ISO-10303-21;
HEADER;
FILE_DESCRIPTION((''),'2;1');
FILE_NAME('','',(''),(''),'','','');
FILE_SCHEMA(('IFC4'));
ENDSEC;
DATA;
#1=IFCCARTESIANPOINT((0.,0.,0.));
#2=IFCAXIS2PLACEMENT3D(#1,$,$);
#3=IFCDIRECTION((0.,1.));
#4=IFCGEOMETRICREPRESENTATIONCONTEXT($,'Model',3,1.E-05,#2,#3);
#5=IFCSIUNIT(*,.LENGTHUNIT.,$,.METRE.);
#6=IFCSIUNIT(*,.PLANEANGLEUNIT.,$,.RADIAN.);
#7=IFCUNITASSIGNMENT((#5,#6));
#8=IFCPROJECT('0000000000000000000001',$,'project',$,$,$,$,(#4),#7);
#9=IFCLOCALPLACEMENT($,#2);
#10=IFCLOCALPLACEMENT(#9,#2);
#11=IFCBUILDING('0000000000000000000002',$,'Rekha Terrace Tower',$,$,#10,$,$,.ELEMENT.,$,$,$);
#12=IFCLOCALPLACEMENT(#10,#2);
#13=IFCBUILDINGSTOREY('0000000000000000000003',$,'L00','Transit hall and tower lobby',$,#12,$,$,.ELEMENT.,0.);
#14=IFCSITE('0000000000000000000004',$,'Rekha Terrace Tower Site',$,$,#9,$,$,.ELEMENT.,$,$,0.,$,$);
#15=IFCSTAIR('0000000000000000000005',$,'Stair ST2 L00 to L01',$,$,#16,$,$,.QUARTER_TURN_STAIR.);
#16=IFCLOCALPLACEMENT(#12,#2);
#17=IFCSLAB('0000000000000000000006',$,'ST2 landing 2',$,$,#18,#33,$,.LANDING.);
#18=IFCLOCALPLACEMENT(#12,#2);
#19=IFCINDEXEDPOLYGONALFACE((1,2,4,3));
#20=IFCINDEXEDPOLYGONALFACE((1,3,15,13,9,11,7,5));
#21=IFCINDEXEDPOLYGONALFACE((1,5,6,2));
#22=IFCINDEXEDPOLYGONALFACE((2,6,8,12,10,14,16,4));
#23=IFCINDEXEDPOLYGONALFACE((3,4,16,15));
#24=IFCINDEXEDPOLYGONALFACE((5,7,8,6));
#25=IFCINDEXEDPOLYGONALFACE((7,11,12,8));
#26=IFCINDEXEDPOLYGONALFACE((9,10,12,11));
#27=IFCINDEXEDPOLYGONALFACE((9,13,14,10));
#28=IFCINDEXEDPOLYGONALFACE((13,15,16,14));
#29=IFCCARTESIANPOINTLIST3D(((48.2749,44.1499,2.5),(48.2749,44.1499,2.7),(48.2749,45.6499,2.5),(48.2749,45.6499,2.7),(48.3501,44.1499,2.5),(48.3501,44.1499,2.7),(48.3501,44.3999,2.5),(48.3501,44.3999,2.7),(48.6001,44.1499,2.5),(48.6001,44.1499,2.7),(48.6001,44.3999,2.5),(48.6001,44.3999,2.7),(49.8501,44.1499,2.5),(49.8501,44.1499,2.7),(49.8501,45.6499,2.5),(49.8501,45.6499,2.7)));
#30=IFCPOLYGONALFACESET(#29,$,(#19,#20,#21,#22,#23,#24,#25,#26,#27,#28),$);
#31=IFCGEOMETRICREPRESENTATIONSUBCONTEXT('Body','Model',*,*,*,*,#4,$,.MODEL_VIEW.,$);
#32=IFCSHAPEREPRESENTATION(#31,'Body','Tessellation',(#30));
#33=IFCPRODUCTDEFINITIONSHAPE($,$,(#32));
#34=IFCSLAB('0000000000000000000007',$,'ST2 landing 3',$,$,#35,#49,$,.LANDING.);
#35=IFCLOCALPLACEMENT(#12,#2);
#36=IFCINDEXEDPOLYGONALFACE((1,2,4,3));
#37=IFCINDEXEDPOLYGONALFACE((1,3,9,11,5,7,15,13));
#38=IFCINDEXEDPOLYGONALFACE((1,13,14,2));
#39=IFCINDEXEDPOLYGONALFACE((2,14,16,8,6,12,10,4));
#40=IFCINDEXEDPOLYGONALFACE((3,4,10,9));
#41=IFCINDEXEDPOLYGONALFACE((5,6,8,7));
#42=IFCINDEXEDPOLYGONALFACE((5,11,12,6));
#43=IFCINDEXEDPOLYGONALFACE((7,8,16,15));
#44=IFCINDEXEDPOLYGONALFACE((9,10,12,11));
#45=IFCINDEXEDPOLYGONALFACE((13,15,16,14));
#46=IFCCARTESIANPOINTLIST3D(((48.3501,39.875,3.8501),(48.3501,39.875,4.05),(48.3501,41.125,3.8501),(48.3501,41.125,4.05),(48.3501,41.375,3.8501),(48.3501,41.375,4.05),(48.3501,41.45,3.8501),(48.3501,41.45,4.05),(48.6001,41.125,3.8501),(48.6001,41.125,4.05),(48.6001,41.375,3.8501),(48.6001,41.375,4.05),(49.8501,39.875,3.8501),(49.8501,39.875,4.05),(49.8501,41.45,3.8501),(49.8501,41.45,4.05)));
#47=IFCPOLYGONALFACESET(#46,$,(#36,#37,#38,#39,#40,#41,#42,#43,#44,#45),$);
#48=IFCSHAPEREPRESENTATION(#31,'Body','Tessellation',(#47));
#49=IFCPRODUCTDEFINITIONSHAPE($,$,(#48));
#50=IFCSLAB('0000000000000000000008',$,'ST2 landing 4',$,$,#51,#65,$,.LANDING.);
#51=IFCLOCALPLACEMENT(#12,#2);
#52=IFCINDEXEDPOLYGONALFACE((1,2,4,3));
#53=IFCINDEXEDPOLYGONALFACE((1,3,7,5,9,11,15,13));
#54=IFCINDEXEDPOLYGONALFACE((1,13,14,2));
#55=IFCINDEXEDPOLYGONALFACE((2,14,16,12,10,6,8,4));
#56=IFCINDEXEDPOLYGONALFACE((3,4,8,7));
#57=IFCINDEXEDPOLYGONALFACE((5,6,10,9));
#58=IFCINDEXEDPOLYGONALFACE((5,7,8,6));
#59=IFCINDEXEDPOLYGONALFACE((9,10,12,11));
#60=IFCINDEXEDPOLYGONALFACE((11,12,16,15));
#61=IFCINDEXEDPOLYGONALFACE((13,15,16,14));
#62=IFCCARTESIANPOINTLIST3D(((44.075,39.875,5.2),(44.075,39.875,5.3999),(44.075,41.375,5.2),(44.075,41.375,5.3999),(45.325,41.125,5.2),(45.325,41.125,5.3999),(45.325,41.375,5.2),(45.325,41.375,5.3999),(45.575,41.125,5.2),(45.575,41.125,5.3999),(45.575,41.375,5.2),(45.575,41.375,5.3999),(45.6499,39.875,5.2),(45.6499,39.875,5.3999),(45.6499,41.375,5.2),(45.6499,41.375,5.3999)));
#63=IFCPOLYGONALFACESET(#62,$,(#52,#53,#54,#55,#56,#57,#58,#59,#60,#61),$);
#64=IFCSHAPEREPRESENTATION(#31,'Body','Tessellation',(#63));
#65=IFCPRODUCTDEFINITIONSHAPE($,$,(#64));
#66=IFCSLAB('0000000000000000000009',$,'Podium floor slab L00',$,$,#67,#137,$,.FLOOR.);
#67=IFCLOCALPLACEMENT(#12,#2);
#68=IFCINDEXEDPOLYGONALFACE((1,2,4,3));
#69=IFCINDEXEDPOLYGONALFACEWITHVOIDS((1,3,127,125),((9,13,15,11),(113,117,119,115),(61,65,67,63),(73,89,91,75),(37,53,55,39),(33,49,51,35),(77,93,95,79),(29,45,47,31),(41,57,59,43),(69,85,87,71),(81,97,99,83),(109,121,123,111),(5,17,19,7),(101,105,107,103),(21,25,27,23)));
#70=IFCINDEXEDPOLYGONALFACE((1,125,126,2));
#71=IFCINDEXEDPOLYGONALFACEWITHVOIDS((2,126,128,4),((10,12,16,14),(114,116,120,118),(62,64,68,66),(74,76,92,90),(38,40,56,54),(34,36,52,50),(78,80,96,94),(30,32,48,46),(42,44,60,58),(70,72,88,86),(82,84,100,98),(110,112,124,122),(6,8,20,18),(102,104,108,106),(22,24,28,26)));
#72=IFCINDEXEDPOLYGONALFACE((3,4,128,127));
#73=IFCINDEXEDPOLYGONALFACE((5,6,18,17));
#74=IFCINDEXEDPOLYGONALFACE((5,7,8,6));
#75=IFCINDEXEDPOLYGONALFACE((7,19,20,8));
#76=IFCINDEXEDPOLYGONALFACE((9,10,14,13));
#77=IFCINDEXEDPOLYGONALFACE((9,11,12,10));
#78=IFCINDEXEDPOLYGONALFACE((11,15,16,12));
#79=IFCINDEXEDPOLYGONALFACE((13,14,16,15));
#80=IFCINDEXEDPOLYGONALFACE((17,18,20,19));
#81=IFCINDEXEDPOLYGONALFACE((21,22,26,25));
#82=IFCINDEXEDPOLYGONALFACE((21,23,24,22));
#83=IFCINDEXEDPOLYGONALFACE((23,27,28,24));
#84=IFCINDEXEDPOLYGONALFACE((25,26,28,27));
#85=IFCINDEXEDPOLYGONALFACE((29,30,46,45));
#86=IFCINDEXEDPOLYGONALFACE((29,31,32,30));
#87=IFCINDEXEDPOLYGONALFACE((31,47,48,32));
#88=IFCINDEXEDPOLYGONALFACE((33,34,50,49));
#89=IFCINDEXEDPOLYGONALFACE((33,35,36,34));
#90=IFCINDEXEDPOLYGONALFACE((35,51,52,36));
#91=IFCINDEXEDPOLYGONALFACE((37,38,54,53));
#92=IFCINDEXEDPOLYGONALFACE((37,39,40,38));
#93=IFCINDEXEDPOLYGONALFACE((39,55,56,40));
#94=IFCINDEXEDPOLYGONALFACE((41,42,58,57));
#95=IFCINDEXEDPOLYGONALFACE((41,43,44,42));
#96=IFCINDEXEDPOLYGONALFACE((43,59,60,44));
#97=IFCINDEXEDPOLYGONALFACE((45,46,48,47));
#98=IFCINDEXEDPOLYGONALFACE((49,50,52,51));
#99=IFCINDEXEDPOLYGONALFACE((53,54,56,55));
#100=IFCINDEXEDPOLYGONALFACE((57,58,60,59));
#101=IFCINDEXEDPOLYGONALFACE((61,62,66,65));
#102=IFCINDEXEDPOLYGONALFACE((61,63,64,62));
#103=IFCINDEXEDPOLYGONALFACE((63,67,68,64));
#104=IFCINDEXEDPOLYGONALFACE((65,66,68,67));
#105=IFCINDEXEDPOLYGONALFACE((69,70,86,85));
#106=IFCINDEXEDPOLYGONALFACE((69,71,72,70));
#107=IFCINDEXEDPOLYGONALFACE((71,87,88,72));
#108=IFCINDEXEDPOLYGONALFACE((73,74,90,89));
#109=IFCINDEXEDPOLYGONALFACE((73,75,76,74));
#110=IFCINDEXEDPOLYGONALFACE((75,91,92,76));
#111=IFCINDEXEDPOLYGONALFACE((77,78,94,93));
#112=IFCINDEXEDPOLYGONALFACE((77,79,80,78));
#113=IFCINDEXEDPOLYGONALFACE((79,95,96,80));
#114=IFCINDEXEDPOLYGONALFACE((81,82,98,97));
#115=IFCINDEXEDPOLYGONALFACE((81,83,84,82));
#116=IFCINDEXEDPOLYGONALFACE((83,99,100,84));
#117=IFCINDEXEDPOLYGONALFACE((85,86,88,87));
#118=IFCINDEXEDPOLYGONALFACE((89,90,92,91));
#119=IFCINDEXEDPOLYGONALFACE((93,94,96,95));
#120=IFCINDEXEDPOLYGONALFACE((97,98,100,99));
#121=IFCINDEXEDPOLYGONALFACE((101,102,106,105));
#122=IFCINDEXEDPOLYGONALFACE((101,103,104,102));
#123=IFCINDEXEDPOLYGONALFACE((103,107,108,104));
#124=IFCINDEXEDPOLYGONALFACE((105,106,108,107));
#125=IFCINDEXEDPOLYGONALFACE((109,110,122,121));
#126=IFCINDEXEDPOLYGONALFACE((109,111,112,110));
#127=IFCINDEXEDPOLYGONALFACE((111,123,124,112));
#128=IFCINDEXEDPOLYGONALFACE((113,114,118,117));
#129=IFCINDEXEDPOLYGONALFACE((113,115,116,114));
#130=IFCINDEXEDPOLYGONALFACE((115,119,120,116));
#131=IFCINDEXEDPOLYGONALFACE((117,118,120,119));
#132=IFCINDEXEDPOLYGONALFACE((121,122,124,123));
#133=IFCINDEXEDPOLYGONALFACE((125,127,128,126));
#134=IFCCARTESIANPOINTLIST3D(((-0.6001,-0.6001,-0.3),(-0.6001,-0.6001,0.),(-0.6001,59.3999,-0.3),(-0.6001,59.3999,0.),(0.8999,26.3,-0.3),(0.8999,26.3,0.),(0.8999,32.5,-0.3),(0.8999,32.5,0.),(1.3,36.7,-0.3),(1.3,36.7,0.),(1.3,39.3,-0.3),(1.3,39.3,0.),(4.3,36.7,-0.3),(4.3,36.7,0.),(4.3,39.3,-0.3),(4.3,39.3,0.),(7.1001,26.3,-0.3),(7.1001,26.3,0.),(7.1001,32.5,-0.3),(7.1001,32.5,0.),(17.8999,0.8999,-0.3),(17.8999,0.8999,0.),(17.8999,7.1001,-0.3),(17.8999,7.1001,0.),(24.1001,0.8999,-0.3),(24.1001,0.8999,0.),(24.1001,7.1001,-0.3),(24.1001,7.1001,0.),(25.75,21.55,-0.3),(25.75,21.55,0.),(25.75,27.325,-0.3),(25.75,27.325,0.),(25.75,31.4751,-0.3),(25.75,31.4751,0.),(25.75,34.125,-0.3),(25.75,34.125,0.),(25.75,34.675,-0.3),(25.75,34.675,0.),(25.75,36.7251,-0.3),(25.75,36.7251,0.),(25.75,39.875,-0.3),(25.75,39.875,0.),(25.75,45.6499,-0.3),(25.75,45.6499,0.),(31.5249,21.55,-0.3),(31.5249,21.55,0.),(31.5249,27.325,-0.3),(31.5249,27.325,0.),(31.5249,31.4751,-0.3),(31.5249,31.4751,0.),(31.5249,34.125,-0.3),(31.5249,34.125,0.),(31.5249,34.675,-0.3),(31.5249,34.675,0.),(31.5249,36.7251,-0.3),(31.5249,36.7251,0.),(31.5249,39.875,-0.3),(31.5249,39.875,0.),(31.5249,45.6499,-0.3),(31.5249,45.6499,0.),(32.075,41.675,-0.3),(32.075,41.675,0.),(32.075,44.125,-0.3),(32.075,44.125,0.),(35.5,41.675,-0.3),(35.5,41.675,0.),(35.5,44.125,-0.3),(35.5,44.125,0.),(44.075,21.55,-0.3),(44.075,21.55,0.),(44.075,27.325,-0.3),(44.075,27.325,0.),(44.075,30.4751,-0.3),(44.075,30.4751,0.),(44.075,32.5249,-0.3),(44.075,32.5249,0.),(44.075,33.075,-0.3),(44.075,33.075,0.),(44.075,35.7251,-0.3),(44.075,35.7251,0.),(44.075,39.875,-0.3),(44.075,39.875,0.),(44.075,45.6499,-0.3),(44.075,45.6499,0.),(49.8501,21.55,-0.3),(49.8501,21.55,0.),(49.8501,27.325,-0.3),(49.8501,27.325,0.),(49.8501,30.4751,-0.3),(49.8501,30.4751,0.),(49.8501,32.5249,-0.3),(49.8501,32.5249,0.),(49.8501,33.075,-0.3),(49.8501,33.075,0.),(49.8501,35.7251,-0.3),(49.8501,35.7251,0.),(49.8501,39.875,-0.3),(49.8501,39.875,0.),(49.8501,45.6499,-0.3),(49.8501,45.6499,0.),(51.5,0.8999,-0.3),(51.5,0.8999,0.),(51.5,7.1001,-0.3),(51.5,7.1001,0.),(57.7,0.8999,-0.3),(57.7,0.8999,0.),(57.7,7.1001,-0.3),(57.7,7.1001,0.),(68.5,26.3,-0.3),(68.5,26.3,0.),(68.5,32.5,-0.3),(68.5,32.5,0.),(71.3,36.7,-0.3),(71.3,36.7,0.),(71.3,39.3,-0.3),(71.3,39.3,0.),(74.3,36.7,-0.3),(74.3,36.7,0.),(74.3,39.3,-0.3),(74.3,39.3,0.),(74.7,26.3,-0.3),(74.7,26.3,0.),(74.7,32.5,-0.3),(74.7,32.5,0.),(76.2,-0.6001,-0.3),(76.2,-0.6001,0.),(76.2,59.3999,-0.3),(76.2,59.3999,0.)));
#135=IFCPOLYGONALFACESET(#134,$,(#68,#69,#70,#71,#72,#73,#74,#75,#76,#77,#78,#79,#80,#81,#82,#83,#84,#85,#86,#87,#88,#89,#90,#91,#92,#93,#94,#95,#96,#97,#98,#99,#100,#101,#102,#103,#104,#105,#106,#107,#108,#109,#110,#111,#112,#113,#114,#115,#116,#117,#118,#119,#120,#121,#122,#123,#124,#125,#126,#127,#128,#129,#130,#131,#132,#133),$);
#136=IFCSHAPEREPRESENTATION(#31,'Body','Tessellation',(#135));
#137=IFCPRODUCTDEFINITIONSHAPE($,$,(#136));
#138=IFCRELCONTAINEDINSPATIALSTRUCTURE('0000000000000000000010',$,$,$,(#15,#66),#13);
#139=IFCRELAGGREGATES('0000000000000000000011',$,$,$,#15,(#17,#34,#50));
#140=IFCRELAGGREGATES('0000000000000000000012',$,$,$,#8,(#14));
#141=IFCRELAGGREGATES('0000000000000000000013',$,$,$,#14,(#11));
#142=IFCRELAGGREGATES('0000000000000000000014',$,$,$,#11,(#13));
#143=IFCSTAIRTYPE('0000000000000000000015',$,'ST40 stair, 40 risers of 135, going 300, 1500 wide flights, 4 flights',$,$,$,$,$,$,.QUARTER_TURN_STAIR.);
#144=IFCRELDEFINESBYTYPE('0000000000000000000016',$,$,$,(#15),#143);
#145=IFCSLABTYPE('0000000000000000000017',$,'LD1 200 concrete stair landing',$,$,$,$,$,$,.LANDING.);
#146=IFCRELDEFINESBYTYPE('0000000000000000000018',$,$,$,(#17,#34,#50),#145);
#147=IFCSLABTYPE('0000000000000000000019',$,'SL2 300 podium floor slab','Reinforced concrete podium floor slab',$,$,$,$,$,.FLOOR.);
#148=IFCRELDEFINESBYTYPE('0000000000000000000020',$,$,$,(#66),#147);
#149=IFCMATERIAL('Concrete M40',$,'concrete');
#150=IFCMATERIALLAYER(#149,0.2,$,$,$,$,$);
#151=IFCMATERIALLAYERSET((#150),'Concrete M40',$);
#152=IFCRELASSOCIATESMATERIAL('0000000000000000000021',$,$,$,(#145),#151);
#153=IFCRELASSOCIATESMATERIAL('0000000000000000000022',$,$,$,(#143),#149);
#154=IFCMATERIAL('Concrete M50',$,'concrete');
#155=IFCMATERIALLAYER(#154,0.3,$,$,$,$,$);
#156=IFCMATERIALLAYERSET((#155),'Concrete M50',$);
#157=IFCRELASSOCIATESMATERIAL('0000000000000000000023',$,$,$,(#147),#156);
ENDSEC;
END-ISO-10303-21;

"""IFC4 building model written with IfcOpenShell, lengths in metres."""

from ifc_helpers import new_model, si_unit, direction, frame, origin, place, context, subcontext, project, spatial, polyline, outline, extrude, material, layer, layer_set, type_object, element, aggregate, save


model = new_model("IFC4")

# Units and contexts
model_context = context("Model", 3, precision=1e-05, world=origin(), true_north=direction((0.0, 1.0)))
body_context = subcontext(model_context, "Body", "Model", "MODEL_VIEW")
ifc_project = project(units=[si_unit("LENGTHUNIT", "METRE"), si_unit("PLANEANGLEUNIT", "RADIAN")], contexts=[model_context])

# Site, building, storey
site_placement = place(None, origin())
site = spatial("IfcSite", under=ifc_project, at=site_placement, Name="Rekha Terrace Tower Site", CompositionType="ELEMENT", RefElevation=0.0)
building_placement = place(site_placement, origin())
building = spatial("IfcBuilding", under=site, at=building_placement, Name="Rekha Terrace Tower", CompositionType="ELEMENT")
storey_placement = place(building_placement, origin())
storey = spatial("IfcBuildingStorey", under=building, at=storey_placement, Name="L00", Description="Transit hall and tower lobby", CompositionType="ELEMENT", Elevation=0.0)

# Stair, slabs
ifc_material_1 = material(Name="Concrete M40", Category="concrete")
ifc_layer_1 = layer(ifc_material_1, 0.2)
ifc_layer_set_1 = layer_set([ifc_layer_1], Name="Concrete M40")
slab_type_1 = type_object("IfcSlabType", Name="LD1 200 concrete stair landing", PredefinedType="LANDING", material=ifc_layer_set_1)
stair_type_1 = type_object("IfcStairType", Name="ST40 stair, 40 risers of 135, going 300, 1500 wide flights, 4 flights", PredefinedType="QUARTER_TURN_STAIR", material=ifc_material_1)
stair_1_placement = place(storey_placement, origin())
stair_1 = element("IfcStair", 1, at=stair_1_placement, inside=storey, type_object=stair_type_1, Name="Stair ST2 L00 to L01", PredefinedType="QUARTER_TURN_STAIR")
slab_1_placement = place(storey_placement, frame((0.0, 0.0, 2.5)))
slab_1 = element("IfcSlab", 2, at=slab_1_placement, type_object=slab_type_1, Name="ST2 landing 2", PredefinedType="LANDING", context=body_context, shape_type="SweptSolid", body=[
    extrude(outline(polyline([(49.8501, 44.1499), (49.8501, 45.6499), (48.2749, 45.6499), (48.2749, 44.1499), (48.3501, 44.1499), (48.3501, 44.3999), (48.6001, 44.3999), (48.6001, 44.1499), (49.8501, 44.1499)])), origin(), (0.0, 0.0, 1.0), 0.2),
])
slab_2_placement = place(storey_placement, frame((0.0, 0.0, 3.8501)))
slab_2 = element("IfcSlab", 3, at=slab_2_placement, type_object=slab_type_1, Name="ST2 landing 3", PredefinedType="LANDING", context=body_context, shape_type="SweptSolid", body=[
    extrude(outline(polyline([(48.3501, 39.875), (49.8501, 39.875), (49.8501, 41.45), (48.3501, 41.45), (48.3501, 41.375), (48.6001, 41.375), (48.6001, 41.125), (48.3501, 41.125), (48.3501, 39.875)])), origin(), (0.0, 0.0, 1.0), 0.2),
])
slab_3_placement = place(storey_placement, frame((0.0, 0.0, 5.2)))
slab_3 = element("IfcSlab", 4, at=slab_3_placement, type_object=slab_type_1, Name="ST2 landing 4", PredefinedType="LANDING", context=body_context, shape_type="SweptSolid", body=[
    extrude(outline(polyline([(44.075, 41.375), (44.075, 39.875), (45.6499, 39.875), (45.6499, 41.375), (45.575, 41.375), (45.575, 41.125), (45.325, 41.125), (45.325, 41.375), (44.075, 41.375)])), origin(), (0.0, 0.0, 1.0), 0.2),
])
aggregate(stair_1, [slab_1, slab_2, slab_3])

# Slab
ifc_material_2 = material(Name="Concrete M50", Category="concrete")
ifc_layer_2 = layer(ifc_material_2, 0.3)
ifc_layer_set_2 = layer_set([ifc_layer_2], Name="Concrete M50")
slab_type_2 = type_object("IfcSlabType", Name="SL2 300 podium floor slab", Description="Reinforced concrete podium floor slab", PredefinedType="FLOOR", material=ifc_layer_set_2)
slab_4_placement = place(storey_placement, frame((0.0, 0.0, -0.3)))
element("IfcSlab", 5, at=slab_4_placement, inside=storey, type_object=slab_type_2, Name="Podium floor slab L00", PredefinedType="FLOOR", context=body_context, shape_type="SweptSolid", body=[
    extrude(outline(polyline([(-0.6001, 59.3999), (-0.6001, -0.6001), (76.2, -0.6001), (76.2, 59.3999), (-0.6001, 59.3999)]), holes=[polyline([(17.8999, 7.1001), (24.1001, 7.1001), (24.1001, 0.8999), (17.8999, 0.8999), (17.8999, 7.1001)]), polyline([(31.5249, 27.325), (31.5249, 21.55), (25.75, 21.55), (25.75, 27.325), (31.5249, 27.325)]), polyline([(7.1001, 32.5), (7.1001, 26.3), (0.8999, 26.3), (0.8999, 32.5), (7.1001, 32.5)]), polyline([(31.5249, 34.125), (31.5249, 31.4751), (25.75, 31.4751), (25.75, 34.125), (31.5249, 34.125)]), polyline([(31.5249, 36.7251), (31.5249, 34.675), (25.75, 34.675), (25.75, 36.7251), (31.5249, 36.7251)]), polyline([(4.3, 39.3), (4.3, 36.7), (1.3, 36.7), (1.3, 39.3), (4.3, 39.3)]), polyline([(31.5249, 45.6499), (31.5249, 39.875), (25.75, 39.875), (25.75, 45.6499), (31.5249, 45.6499)]), polyline([(35.5, 44.125), (35.5, 41.675), (32.075, 41.675), (32.075, 44.125), (35.5, 44.125)]), polyline([(57.7, 7.1001), (57.7, 0.8999), (51.5, 0.8999), (51.5, 7.1001), (57.7, 7.1001)]), polyline([(49.8501, 27.325), (49.8501, 21.55), (44.075, 21.55), (44.075, 27.325), (49.8501, 27.325)]), polyline([(74.7, 32.5), (74.7, 26.3), (68.5, 26.3), (68.5, 32.5), (74.7, 32.5)]), polyline([(49.8501, 32.5249), (49.8501, 30.4751), (44.075, 30.4751), (44.075, 32.5249), (49.8501, 32.5249)]), polyline([(49.8501, 35.7251), (49.8501, 33.075), (44.075, 33.075), (44.075, 35.7251), (49.8501, 35.7251)]), polyline([(74.3, 39.3), (74.3, 36.7), (71.3, 36.7), (71.3, 39.3), (74.3, 39.3)]), polyline([(49.8501, 45.6499), (49.8501, 39.875), (44.075, 39.875), (44.075, 45.6499), (49.8501, 45.6499)])]), origin(), (0.0, 0.0, 1.0), 0.3),
])

save(model, "model.ifc")
